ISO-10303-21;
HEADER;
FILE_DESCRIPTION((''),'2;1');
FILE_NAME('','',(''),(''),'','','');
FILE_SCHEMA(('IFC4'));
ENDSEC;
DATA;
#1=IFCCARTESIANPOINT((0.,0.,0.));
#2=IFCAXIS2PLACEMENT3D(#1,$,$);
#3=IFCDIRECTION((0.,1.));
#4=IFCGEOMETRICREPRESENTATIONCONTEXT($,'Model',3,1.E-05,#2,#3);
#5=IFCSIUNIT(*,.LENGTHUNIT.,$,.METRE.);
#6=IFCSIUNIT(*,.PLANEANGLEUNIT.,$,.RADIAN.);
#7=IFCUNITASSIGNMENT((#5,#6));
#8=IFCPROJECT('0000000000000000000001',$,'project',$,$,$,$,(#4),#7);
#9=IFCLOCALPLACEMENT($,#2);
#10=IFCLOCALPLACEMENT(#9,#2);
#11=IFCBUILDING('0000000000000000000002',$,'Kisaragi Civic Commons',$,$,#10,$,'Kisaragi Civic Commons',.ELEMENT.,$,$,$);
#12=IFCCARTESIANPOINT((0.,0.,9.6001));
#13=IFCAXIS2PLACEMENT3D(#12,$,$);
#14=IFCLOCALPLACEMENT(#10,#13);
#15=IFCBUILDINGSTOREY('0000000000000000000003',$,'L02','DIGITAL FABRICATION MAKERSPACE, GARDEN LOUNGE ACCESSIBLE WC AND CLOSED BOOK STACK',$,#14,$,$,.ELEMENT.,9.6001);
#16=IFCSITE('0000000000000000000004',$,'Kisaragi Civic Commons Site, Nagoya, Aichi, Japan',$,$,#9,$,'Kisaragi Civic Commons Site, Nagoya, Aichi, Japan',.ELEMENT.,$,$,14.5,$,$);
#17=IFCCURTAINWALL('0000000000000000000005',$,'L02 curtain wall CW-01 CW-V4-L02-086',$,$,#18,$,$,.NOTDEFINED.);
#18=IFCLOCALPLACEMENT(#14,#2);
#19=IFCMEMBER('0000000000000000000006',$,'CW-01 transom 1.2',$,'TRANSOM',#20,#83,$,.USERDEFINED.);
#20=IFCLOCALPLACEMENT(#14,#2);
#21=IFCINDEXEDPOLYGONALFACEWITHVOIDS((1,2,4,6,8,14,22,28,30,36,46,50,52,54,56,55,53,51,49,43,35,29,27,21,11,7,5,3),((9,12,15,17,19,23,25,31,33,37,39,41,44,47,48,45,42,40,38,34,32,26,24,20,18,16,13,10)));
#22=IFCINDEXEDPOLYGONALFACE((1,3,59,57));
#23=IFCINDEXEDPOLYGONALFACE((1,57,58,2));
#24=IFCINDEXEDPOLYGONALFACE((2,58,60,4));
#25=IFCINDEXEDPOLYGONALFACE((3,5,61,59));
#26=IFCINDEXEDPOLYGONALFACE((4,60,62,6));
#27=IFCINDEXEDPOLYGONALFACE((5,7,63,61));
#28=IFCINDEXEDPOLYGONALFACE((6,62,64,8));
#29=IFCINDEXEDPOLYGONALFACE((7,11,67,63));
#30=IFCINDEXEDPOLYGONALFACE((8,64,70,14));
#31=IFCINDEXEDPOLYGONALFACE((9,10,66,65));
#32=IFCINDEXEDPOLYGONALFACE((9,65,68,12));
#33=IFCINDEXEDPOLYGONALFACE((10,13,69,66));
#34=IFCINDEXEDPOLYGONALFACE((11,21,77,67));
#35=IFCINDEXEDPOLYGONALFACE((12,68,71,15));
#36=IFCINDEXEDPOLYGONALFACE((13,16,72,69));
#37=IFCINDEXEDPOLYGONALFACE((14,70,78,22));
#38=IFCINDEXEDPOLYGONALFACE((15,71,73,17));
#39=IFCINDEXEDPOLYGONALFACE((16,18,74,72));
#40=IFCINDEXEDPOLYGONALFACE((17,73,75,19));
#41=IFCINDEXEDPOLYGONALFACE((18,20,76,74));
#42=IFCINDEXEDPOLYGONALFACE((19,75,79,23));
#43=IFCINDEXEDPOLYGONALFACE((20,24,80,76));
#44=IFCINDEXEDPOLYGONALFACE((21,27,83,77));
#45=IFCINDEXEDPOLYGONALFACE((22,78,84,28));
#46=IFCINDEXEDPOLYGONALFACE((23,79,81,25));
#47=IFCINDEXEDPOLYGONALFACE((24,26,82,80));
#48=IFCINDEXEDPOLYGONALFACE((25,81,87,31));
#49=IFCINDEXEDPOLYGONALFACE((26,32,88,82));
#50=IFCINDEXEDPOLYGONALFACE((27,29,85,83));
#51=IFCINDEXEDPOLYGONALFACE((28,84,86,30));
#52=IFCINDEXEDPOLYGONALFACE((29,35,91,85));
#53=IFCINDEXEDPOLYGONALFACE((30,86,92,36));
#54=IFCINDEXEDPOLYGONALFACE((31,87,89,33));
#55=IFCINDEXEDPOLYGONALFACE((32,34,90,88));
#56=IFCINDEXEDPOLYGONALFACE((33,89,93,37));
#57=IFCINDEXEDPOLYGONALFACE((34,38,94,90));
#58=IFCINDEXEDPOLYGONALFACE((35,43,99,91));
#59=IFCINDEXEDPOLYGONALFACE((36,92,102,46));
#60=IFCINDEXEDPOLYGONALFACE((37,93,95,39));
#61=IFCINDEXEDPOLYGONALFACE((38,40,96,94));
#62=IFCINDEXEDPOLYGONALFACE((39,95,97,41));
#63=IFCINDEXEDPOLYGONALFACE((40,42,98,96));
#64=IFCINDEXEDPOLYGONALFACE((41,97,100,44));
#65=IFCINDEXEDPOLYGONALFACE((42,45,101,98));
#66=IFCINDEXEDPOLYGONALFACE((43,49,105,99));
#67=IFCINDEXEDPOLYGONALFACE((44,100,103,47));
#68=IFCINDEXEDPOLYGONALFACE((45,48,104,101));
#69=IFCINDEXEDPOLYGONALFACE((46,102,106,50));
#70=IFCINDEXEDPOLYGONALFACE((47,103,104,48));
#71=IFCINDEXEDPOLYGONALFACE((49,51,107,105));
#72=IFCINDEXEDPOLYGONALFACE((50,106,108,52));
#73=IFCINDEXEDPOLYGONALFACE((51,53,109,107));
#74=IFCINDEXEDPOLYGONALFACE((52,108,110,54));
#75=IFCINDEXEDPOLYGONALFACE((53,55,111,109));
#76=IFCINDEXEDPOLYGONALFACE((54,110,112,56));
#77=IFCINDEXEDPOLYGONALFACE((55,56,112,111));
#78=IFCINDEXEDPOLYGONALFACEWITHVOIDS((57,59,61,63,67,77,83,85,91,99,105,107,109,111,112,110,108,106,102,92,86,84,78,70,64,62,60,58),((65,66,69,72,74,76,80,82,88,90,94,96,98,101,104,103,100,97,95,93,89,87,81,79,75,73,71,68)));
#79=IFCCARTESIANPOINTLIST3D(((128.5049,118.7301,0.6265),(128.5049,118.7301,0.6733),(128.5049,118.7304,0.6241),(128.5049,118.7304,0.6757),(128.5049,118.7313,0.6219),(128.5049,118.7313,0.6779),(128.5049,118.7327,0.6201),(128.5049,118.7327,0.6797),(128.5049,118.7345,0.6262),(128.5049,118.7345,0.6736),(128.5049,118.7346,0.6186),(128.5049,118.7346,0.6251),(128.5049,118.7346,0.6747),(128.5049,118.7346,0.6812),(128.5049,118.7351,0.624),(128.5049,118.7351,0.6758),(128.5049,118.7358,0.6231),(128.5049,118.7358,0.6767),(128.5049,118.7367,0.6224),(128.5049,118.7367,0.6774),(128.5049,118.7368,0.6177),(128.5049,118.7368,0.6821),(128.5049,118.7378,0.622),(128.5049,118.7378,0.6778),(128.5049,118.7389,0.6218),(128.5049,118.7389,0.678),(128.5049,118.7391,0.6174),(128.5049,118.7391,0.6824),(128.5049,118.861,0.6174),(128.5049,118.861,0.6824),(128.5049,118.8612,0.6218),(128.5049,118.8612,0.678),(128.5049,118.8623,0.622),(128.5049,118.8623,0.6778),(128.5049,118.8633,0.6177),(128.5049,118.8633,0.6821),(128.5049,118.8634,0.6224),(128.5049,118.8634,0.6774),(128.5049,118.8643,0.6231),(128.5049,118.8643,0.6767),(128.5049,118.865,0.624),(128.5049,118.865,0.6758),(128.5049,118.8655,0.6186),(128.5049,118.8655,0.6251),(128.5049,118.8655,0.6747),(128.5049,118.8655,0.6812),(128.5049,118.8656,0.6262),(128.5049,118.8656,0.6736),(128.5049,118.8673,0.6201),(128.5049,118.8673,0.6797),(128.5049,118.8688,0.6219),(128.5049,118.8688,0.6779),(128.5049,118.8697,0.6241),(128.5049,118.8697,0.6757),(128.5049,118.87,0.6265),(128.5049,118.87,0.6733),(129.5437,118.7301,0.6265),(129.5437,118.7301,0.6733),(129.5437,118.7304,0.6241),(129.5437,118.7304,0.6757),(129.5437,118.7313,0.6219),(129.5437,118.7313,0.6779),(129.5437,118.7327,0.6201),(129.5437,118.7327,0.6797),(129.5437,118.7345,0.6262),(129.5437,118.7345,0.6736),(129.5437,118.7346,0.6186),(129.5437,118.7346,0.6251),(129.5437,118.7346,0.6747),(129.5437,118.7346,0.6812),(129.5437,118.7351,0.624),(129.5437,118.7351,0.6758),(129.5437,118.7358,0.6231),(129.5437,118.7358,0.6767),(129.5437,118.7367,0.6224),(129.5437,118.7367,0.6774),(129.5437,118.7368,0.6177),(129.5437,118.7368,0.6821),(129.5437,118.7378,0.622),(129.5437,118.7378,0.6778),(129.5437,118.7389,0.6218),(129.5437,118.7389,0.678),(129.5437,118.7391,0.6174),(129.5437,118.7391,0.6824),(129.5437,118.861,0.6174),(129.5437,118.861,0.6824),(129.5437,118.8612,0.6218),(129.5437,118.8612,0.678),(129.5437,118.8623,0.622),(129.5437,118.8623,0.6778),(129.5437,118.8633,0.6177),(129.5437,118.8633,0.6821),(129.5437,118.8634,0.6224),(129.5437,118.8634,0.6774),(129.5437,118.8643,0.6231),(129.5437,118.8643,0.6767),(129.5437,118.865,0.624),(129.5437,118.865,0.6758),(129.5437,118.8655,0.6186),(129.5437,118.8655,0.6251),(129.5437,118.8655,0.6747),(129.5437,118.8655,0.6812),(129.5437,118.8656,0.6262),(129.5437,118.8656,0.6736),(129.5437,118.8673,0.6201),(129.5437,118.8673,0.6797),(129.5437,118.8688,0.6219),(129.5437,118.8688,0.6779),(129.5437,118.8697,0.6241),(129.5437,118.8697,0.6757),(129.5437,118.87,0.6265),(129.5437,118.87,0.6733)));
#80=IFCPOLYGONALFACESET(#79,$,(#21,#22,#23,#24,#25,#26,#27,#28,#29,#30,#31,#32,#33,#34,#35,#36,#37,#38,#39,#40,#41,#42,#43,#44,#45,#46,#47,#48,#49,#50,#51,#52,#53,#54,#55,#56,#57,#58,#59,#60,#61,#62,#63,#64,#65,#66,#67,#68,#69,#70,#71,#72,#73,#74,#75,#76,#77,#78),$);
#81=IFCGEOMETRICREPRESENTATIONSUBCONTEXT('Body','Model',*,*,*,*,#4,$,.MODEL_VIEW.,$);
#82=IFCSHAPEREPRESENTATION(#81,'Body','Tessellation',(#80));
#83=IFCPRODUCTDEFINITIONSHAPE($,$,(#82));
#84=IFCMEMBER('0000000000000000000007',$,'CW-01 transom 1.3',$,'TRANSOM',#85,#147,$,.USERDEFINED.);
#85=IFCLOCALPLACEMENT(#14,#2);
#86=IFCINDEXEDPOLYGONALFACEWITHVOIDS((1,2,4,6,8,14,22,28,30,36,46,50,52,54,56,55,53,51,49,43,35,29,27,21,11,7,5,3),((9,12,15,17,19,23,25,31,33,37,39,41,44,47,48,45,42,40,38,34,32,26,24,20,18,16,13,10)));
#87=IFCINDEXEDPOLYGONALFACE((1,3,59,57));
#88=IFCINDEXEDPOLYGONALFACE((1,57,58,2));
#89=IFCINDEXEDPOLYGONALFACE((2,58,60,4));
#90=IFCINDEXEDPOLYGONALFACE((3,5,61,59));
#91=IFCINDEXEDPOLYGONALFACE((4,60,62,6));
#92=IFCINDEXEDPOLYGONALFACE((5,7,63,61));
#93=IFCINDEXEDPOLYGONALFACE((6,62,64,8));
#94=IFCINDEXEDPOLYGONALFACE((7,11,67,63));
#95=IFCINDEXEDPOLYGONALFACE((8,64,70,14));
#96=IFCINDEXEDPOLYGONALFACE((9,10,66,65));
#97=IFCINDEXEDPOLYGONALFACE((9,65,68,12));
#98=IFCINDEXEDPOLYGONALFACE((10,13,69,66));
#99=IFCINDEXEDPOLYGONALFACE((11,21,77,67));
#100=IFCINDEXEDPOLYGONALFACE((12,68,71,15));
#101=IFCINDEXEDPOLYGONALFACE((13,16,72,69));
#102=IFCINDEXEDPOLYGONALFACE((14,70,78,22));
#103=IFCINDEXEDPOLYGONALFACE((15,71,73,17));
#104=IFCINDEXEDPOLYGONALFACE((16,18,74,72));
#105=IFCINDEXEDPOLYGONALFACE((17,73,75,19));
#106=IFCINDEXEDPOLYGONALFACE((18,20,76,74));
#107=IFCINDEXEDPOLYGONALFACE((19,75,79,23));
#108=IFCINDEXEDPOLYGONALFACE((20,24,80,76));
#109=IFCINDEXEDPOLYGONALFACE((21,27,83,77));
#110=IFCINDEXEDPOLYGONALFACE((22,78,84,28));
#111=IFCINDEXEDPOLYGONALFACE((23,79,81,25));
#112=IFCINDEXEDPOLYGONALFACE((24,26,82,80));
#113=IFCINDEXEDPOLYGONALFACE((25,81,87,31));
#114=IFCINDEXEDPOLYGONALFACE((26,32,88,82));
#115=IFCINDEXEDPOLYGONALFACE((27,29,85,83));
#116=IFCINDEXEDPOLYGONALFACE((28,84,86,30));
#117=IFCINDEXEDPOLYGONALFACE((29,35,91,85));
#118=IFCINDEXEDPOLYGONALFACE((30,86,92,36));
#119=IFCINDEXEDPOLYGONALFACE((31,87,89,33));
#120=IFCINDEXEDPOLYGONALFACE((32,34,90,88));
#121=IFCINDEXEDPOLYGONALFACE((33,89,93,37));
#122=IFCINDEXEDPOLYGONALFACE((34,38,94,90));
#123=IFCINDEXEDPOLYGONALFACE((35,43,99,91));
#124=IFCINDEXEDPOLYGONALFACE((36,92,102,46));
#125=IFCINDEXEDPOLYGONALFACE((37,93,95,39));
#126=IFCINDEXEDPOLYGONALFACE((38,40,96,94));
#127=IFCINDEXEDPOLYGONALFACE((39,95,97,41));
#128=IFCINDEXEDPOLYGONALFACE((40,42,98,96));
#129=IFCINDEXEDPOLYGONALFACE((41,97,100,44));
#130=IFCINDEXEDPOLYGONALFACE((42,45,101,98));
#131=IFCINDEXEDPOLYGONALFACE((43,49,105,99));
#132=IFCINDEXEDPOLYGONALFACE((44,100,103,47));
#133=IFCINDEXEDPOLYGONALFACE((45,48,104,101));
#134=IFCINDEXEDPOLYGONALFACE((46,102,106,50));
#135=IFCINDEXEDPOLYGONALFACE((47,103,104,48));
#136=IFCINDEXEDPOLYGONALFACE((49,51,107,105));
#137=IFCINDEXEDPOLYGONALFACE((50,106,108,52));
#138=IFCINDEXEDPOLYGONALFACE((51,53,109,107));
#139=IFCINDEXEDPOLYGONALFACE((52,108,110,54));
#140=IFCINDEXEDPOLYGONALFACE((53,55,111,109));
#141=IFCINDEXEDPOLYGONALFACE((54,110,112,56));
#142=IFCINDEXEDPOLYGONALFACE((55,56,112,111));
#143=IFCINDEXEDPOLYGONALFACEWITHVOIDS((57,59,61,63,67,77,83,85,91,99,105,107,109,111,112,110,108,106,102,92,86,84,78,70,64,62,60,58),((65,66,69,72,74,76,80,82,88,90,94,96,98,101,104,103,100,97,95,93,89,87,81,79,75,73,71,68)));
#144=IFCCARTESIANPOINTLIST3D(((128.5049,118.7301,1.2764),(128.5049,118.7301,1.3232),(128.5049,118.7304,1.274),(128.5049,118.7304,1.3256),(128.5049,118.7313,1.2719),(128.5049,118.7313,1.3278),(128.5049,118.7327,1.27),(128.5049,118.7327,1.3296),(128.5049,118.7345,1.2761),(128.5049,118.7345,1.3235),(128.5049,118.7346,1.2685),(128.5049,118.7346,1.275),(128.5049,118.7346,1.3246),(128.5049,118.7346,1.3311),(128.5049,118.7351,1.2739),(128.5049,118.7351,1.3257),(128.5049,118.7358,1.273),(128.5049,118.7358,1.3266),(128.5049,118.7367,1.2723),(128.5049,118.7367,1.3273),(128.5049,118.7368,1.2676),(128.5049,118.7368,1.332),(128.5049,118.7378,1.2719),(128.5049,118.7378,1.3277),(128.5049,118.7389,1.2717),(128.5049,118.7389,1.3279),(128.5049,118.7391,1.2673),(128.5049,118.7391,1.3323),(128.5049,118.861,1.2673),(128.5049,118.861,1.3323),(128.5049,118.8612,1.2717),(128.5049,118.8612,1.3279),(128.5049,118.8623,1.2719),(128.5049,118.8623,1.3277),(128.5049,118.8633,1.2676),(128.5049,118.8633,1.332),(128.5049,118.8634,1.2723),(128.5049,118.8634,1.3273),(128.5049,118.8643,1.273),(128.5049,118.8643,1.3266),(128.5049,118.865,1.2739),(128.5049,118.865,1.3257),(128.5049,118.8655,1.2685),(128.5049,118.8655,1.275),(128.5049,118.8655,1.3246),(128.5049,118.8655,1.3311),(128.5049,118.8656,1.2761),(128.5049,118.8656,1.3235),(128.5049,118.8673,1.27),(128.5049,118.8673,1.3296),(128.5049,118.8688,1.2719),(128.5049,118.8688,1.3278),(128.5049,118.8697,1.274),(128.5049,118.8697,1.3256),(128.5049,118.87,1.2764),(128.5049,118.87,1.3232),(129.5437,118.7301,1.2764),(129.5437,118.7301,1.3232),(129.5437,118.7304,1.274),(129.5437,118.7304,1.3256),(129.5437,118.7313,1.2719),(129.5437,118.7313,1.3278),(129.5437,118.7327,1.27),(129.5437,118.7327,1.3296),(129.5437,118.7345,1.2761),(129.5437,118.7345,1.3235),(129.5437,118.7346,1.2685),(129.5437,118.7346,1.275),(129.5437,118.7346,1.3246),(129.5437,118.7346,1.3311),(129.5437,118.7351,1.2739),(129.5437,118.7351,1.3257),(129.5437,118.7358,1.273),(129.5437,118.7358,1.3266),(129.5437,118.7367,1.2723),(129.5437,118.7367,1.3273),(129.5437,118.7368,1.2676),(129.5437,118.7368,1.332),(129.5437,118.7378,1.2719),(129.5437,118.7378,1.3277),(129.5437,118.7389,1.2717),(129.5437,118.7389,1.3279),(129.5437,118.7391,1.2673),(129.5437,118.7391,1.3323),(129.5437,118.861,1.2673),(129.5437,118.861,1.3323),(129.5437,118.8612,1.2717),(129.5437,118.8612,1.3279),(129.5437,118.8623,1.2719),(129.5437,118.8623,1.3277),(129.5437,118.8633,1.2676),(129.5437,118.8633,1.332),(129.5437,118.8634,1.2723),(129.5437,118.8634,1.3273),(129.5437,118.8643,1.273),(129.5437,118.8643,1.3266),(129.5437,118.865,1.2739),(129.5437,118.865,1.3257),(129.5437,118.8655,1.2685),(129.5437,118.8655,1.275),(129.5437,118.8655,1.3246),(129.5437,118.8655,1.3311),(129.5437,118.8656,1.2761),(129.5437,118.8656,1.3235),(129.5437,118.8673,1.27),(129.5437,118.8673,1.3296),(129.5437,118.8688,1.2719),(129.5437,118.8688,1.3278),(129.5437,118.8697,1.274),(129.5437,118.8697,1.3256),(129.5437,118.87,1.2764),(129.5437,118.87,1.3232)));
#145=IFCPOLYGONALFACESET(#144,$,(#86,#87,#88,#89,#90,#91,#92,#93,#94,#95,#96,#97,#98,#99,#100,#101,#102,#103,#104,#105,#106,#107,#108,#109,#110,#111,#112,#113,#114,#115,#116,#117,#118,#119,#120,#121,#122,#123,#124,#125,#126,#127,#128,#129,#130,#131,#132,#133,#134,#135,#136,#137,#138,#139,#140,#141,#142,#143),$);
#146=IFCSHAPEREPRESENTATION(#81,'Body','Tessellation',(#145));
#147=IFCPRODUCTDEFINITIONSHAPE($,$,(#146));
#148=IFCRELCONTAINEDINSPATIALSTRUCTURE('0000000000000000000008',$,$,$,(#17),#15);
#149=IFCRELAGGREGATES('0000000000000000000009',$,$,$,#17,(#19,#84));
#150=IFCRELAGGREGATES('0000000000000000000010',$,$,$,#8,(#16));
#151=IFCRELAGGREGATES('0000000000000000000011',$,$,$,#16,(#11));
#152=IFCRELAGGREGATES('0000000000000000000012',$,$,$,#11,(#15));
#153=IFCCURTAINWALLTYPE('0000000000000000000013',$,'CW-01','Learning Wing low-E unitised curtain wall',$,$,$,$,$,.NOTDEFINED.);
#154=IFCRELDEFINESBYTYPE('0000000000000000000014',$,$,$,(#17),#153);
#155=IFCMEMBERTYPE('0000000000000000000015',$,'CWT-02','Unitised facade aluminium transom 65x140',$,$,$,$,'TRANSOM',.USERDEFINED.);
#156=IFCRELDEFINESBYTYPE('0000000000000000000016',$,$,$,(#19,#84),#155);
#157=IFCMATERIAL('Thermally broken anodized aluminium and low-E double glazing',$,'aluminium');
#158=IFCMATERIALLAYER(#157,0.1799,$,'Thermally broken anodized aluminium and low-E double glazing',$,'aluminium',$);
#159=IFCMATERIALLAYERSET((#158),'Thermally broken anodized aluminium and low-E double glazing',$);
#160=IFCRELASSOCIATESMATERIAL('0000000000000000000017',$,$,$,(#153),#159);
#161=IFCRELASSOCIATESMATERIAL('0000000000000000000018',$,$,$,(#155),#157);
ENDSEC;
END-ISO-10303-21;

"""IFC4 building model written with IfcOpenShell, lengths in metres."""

from ifc_helpers import new_model, si_unit, direction, frame, origin, origin_2d, place, context, subcontext, project, spatial, hollow_rectangle, extrude, material, layer, layer_set, material_profile, profile_set, type_object, element, aggregate, save


model = new_model("IFC4")

# Units and contexts
model_context = context("Model", 3, precision=1e-05, world=origin(), true_north=direction((0.0, 1.0)))
body_context = subcontext(model_context, "Body", "Model", "MODEL_VIEW")
ifc_project = project(units=[si_unit("LENGTHUNIT", "METRE"), si_unit("PLANEANGLEUNIT", "RADIAN")], contexts=[model_context])

# Site, building, storey
site_placement = place(None, origin())
site = spatial("IfcSite", under=ifc_project, at=site_placement, Name="Kisaragi Civic Commons Site, Nagoya, Aichi, Japan", LongName="Kisaragi Civic Commons Site, Nagoya, Aichi, Japan", CompositionType="ELEMENT", RefElevation=14.5)
building_placement = place(site_placement, origin())
building = spatial("IfcBuilding", under=site, at=building_placement, Name="Kisaragi Civic Commons", LongName="Kisaragi Civic Commons", CompositionType="ELEMENT")
storey_placement = place(building_placement, frame((0.0, 0.0, 9.6001)))
storey = spatial("IfcBuildingStorey", under=building, at=storey_placement, Name="L02", Description="DIGITAL FABRICATION MAKERSPACE, GARDEN LOUNGE ACCESSIBLE WC AND CLOSED BOOK STACK", CompositionType="ELEMENT", Elevation=9.6001)

# Curtain wall
ifc_material_1 = material(Name="Thermally broken anodized aluminium and low-E double glazing", Category="aluminium")
ifc_layer_1 = layer(ifc_material_1, 0.1799, Name="Thermally broken anodized aluminium and low-E double glazing", Category="aluminium")
ifc_layer_set_1 = layer_set([ifc_layer_1], Name="Thermally broken anodized aluminium and low-E double glazing")
curtain_wall_type = type_object("IfcCurtainWallType", Name="CW-01", Description="Learning Wing low-E unitised curtain wall", PredefinedType="NOTDEFINED", material=ifc_layer_set_1)
curtain_wall_1_placement = place(storey_placement, origin())
curtain_wall_1 = element("IfcCurtainWall", 1, at=curtain_wall_1_placement, inside=storey, type_object=curtain_wall_type, Name="L02 curtain wall CW-01 CW-V4-L02-086", PredefinedType="NOTDEFINED")

# Members
ifc_material_profile_1 = material_profile(ifc_material_1, hollow_rectangle(XDim=0.1399, YDim=0.0649, WallThickness=0.0044, InnerFilletRadius=0.0044, OuterFilletRadius=0.009, at=origin_2d()), Name="CWT-65x140x4.5", Category="aluminium")
ifc_profile_set_1 = profile_set([ifc_material_profile_1], Name="Thermally broken anodized aluminium and low-E double glazing")
member_type_1 = type_object("IfcMemberType", Name="CWT-02", Description="Unitised facade aluminium transom 65x140", ElementType="TRANSOM", PredefinedType="USERDEFINED", material=ifc_profile_set_1)
member_1_placement = place(storey_placement, frame((128.5049, 118.8, 0.6499), z_axis=(1.0, 0.0, 0.0), x_axis=(0.0, 1.0, 0.0)))
member_1 = element("IfcMember", 2, at=member_1_placement, type_object=member_type_1, Name="CW-01 transom 1.2", ObjectType="TRANSOM", PredefinedType="USERDEFINED", context=body_context, shape_type="SweptSolid", body=[
    extrude(hollow_rectangle(XDim=0.1399, YDim=0.0649, WallThickness=0.0044, InnerFilletRadius=0.0044, OuterFilletRadius=0.009, at=origin_2d()), origin(), (0.0, 0.0, 1.0), 1.0388),
])
member_2_placement = place(storey_placement, frame((128.5049, 118.8, 1.2998), z_axis=(1.0, 0.0, 0.0), x_axis=(0.0, 1.0, 0.0)))
member_2 = element("IfcMember", 3, at=member_2_placement, type_object=member_type_1, Name="CW-01 transom 1.3", ObjectType="TRANSOM", PredefinedType="USERDEFINED", context=body_context, shape_type="SweptSolid", body=[
    extrude(hollow_rectangle(XDim=0.1399, YDim=0.0649, WallThickness=0.0044, InnerFilletRadius=0.0044, OuterFilletRadius=0.009, at=origin_2d()), origin(), (0.0, 0.0, 1.0), 1.0388),
])

aggregate(curtain_wall_1, [member_1, member_2])

save(model, "model.ifc")
